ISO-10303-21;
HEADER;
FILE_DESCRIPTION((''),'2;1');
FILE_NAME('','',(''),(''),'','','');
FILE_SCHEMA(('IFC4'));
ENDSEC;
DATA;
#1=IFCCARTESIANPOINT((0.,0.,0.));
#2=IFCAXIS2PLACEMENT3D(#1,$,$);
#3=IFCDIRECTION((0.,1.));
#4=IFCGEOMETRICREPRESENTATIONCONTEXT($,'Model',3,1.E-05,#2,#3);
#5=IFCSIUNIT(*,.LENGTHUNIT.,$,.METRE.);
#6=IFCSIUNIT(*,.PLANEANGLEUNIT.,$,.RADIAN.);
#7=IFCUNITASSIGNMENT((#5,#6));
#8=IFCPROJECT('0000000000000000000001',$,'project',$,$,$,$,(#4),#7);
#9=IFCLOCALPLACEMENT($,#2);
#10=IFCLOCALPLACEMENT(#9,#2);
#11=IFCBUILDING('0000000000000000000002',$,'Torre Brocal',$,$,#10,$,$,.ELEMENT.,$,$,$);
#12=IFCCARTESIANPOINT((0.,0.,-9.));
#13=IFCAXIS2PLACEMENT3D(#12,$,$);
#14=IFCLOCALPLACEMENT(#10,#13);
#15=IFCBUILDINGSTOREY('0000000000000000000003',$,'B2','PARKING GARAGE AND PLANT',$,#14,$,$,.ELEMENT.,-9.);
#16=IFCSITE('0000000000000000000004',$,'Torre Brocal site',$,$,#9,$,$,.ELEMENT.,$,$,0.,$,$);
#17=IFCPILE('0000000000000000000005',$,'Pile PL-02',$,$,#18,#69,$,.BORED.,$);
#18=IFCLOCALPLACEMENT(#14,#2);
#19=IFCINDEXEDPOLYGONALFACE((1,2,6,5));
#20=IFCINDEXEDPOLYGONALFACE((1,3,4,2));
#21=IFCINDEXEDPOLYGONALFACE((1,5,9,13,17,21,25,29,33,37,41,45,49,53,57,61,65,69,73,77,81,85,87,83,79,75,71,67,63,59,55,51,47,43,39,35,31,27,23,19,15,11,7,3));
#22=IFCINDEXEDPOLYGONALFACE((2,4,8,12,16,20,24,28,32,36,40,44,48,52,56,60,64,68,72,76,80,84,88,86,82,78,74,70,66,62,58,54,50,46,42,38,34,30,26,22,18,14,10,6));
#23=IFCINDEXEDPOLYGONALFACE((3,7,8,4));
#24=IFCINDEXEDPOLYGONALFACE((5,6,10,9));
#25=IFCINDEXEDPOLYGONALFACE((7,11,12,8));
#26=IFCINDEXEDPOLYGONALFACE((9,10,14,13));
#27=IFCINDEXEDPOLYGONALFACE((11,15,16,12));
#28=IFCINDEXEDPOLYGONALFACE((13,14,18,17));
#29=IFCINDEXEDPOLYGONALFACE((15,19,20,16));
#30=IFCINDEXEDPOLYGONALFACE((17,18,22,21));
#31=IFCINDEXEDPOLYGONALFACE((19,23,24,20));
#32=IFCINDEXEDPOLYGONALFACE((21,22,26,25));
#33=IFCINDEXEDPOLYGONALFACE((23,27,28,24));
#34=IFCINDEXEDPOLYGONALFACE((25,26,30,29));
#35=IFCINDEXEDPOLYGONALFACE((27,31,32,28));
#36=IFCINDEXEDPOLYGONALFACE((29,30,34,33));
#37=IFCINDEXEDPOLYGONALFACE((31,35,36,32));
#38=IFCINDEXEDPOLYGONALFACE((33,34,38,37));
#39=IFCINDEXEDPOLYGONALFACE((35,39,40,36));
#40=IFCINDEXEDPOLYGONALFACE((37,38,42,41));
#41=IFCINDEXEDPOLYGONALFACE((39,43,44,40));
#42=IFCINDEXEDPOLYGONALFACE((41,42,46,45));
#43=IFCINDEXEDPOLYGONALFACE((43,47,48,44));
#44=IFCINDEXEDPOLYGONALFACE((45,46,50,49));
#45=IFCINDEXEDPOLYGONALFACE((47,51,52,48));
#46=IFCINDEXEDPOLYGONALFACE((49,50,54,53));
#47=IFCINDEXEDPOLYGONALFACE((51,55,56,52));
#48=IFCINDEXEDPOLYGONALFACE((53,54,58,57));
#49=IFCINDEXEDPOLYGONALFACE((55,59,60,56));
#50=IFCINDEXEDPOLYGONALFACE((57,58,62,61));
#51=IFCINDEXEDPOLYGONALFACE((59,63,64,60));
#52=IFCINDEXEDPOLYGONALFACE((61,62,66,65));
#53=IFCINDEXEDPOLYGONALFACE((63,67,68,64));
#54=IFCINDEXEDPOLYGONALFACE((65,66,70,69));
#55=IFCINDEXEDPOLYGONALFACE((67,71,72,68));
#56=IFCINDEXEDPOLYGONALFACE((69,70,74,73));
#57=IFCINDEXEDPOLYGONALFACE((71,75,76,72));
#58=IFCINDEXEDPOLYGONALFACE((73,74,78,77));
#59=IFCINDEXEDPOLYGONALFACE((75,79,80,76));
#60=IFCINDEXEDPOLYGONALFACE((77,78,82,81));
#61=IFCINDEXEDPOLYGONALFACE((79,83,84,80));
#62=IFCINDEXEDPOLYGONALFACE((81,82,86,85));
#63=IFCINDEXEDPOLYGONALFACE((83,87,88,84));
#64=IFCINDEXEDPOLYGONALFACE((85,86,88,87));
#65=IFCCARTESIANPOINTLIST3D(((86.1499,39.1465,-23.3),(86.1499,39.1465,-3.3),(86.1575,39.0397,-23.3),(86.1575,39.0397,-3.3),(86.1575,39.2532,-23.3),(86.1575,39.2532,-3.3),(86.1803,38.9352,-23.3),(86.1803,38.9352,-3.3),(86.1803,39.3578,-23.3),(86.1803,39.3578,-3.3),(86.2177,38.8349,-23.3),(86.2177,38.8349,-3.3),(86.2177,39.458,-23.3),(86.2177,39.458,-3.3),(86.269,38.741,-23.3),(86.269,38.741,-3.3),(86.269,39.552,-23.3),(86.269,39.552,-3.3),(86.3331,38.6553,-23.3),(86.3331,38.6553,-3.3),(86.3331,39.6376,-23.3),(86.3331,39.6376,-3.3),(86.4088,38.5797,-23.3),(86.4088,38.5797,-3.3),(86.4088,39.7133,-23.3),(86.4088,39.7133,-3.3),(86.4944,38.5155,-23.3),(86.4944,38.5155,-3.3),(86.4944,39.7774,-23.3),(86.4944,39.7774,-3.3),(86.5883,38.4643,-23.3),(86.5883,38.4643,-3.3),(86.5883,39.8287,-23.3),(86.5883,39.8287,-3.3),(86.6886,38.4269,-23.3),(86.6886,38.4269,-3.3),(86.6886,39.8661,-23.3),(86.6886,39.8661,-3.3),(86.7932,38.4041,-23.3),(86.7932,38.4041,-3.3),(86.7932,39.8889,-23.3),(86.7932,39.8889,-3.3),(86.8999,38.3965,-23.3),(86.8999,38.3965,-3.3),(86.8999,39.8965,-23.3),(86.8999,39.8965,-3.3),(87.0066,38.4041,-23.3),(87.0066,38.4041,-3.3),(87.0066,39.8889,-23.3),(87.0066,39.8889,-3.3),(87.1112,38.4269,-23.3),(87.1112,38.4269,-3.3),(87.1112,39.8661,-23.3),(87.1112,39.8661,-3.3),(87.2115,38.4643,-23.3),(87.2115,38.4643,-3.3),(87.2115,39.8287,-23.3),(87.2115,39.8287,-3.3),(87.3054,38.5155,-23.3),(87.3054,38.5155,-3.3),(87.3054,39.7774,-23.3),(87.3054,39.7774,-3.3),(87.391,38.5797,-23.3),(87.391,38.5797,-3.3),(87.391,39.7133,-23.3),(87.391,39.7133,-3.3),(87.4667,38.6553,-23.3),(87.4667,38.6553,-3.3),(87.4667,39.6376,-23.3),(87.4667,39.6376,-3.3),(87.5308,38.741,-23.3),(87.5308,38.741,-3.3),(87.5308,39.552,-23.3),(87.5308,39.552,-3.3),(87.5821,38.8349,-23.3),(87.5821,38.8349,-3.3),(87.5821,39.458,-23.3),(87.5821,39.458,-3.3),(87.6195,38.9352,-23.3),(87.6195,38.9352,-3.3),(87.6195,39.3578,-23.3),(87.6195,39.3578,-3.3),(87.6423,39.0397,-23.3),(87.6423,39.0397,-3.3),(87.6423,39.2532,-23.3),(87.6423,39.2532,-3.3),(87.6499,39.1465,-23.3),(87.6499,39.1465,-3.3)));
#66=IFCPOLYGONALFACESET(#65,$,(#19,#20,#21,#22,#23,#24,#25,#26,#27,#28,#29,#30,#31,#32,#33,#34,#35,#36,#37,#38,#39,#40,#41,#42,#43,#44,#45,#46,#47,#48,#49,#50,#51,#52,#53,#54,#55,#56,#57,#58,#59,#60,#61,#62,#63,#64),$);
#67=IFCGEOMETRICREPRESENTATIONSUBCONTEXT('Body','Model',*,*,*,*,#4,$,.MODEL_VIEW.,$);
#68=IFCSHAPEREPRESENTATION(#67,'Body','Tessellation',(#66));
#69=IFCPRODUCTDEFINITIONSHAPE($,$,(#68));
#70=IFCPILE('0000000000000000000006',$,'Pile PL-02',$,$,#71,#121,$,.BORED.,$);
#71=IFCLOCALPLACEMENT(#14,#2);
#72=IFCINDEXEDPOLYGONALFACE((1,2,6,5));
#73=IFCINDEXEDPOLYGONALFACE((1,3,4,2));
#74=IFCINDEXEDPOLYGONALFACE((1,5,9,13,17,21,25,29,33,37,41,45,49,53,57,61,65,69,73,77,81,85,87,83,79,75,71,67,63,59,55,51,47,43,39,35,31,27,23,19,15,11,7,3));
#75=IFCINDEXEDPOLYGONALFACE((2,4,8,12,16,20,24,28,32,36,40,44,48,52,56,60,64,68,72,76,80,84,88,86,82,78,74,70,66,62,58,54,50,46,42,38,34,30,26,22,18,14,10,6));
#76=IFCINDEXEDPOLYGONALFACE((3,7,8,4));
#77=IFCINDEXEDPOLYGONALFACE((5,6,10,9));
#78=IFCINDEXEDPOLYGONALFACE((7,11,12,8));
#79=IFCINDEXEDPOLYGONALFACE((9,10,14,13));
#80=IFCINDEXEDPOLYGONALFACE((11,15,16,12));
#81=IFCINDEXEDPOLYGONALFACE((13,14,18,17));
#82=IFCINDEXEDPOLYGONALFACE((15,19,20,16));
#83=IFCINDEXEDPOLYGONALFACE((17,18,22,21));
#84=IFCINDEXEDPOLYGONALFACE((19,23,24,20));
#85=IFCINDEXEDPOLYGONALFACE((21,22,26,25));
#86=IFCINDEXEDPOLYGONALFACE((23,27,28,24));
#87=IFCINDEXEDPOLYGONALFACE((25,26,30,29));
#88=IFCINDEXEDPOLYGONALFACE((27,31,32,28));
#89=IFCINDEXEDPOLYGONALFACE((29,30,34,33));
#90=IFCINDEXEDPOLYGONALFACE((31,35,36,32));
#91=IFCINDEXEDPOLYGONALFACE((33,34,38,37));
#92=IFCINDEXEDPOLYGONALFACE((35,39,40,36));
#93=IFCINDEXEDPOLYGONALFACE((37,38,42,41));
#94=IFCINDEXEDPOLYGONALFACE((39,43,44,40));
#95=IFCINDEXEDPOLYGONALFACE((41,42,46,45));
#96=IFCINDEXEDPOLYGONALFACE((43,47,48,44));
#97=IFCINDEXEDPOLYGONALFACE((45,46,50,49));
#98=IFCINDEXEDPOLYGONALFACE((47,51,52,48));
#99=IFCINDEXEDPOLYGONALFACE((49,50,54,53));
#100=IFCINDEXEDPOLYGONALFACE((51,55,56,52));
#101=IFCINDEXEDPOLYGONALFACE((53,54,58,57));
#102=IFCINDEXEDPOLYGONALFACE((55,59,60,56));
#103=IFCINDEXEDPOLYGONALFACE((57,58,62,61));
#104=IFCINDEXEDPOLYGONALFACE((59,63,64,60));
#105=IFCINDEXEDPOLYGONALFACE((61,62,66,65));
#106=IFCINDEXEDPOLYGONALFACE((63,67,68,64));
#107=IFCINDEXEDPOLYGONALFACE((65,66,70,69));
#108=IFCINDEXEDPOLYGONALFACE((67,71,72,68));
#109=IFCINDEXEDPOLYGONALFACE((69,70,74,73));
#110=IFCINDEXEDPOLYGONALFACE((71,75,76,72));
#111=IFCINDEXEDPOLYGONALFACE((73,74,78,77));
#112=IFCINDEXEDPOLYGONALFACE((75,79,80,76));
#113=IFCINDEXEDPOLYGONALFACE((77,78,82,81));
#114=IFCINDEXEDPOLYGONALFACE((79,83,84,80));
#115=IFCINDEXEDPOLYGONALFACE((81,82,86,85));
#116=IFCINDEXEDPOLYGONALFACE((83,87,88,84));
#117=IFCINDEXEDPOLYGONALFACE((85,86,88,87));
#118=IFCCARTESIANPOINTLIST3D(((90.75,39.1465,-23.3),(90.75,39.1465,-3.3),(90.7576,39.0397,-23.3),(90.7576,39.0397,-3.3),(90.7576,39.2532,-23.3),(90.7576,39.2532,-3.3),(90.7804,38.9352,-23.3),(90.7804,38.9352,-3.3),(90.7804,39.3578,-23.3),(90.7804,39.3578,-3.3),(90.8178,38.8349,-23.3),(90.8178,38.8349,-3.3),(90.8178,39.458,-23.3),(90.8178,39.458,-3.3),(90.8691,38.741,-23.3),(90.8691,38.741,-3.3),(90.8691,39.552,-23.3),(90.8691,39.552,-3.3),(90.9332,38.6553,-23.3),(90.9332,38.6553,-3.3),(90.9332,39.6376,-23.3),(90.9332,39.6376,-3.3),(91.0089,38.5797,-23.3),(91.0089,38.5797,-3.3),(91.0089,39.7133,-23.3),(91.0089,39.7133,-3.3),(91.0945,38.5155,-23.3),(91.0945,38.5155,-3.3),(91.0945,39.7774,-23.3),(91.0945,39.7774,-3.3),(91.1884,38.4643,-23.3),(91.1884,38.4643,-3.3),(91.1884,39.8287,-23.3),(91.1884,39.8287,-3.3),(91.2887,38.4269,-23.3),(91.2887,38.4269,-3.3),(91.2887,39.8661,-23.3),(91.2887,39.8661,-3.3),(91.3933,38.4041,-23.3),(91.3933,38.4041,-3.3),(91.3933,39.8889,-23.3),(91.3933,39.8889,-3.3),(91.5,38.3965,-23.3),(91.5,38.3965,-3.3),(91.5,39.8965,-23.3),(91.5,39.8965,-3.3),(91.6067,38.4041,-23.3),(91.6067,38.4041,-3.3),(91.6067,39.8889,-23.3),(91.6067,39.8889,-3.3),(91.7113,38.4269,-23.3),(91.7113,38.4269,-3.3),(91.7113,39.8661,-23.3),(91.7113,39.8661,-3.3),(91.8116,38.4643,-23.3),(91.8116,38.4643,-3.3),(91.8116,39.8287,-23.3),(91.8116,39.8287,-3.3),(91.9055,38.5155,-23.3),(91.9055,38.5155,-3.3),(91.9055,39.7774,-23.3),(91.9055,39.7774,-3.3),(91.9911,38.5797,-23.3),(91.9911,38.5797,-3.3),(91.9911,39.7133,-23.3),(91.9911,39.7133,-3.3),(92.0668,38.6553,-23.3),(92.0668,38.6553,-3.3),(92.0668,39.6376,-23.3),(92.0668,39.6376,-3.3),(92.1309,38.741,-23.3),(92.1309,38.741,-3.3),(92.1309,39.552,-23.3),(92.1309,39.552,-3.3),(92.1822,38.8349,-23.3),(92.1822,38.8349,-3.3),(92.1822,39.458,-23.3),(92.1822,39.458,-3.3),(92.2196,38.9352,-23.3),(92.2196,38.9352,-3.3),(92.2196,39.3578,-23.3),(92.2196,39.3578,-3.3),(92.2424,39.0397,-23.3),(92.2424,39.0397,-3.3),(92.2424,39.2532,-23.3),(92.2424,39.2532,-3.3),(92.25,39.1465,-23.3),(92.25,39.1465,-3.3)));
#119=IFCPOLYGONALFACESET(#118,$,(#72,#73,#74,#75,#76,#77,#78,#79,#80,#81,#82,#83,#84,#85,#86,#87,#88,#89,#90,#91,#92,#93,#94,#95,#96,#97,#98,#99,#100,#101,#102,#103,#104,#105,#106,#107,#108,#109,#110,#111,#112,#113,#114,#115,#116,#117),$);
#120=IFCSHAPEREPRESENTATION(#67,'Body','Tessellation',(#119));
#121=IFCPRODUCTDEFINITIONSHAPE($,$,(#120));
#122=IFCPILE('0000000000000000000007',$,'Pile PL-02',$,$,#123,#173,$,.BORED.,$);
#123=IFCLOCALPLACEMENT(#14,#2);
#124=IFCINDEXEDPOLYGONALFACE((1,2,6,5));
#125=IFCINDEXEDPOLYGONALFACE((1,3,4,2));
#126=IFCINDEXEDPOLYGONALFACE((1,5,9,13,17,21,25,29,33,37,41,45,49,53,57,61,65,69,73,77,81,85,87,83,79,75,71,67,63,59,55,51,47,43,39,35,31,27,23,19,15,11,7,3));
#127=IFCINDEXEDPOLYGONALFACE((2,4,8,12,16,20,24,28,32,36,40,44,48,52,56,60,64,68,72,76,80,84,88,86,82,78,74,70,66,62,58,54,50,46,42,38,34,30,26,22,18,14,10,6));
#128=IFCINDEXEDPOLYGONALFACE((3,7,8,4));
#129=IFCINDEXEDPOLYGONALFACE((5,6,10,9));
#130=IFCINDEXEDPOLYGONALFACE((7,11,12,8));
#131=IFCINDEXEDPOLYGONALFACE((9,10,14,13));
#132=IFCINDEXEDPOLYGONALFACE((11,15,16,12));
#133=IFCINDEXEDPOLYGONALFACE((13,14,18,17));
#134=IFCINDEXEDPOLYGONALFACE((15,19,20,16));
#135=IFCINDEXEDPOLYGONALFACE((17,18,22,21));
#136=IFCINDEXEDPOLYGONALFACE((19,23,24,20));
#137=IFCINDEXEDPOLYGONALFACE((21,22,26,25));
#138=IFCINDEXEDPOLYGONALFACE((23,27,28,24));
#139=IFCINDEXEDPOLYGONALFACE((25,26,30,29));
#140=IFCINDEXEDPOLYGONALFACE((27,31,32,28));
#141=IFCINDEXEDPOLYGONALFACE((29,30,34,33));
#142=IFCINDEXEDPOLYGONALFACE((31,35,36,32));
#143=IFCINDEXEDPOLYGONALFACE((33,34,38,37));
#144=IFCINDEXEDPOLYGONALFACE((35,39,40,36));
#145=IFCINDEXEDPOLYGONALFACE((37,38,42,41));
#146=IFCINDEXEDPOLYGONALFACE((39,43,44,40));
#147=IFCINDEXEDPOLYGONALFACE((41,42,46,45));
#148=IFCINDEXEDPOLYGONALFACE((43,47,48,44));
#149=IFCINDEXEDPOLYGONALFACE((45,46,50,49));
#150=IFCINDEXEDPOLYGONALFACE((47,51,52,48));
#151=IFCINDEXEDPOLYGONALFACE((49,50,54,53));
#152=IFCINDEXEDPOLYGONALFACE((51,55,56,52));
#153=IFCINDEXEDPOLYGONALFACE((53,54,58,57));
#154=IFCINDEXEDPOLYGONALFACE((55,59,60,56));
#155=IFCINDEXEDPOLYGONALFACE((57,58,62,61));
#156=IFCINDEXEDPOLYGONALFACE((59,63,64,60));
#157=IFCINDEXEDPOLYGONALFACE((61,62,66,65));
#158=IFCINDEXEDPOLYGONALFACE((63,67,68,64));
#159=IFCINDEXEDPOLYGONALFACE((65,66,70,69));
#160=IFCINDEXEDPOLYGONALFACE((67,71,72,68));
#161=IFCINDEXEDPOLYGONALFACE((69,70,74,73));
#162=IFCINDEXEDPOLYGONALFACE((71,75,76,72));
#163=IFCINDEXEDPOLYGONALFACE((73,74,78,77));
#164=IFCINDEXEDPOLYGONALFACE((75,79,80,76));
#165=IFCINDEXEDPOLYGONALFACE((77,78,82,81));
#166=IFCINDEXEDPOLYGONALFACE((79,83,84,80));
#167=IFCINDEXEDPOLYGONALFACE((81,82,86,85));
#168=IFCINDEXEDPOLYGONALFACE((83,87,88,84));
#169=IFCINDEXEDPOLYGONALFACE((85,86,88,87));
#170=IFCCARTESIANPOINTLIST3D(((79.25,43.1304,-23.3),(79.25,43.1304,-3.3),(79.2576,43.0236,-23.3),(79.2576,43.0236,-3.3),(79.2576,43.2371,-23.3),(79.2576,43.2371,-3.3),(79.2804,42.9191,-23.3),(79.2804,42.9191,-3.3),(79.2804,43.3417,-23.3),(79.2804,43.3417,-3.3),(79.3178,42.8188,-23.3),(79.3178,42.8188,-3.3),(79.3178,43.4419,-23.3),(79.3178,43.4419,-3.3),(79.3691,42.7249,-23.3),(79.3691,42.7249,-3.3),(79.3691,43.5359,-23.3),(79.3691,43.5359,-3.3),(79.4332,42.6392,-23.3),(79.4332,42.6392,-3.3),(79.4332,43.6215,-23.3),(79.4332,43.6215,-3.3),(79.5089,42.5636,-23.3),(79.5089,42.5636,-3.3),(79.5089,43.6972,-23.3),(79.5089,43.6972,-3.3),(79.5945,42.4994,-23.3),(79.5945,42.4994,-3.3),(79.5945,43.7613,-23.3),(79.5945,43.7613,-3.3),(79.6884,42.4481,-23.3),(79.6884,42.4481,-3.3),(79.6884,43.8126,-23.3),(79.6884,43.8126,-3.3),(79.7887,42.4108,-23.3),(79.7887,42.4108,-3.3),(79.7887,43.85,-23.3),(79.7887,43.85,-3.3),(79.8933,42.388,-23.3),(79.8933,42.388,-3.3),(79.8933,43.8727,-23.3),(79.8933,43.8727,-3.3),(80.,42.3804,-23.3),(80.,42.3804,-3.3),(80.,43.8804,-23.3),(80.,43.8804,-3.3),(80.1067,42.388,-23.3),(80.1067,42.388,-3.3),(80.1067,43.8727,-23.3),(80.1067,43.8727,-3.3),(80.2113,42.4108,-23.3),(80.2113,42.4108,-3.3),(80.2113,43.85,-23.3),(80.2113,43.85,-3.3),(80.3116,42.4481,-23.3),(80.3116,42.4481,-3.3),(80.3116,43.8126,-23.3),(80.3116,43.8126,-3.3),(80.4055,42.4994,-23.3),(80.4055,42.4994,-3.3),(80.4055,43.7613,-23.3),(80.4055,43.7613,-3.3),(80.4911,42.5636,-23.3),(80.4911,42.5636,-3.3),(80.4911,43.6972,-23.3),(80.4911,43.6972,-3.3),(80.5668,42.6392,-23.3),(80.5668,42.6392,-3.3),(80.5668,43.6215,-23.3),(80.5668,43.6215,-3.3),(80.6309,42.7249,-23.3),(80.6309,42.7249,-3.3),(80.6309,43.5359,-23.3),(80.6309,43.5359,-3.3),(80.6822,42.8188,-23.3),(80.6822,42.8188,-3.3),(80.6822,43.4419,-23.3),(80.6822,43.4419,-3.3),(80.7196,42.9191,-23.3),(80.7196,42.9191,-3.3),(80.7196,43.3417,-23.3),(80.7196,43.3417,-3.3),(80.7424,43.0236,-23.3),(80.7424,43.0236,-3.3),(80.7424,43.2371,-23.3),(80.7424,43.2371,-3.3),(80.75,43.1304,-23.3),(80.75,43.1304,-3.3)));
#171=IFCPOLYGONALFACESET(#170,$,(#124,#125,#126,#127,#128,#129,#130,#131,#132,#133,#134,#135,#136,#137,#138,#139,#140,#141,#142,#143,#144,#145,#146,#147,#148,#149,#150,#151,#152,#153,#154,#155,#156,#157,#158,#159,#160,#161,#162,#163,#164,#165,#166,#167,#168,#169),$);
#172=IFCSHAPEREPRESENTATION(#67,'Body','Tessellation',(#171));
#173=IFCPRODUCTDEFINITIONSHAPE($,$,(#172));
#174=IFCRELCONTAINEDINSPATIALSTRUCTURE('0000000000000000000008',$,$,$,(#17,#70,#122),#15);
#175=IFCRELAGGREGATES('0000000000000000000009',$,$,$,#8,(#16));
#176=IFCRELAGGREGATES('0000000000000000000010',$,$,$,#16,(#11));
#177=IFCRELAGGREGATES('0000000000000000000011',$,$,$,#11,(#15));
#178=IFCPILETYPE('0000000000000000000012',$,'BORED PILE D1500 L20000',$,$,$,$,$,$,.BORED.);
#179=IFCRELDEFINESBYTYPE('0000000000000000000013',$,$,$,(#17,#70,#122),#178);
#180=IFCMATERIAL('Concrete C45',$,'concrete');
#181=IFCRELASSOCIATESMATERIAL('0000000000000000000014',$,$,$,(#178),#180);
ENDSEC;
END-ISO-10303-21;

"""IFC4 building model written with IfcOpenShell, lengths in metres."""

from ifc_helpers import new_model, si_unit, direction, frame, origin, origin_2d, place, context, subcontext, project, spatial, circle, extrude, material, material_profile, profile_set, type_object, element, save


model = new_model("IFC4")

# Units and contexts
model_context = context("Model", 3, precision=1e-05, world=origin(), true_north=direction((0.0, 1.0)))
body_context = subcontext(model_context, "Body", "Model", "MODEL_VIEW")
ifc_project = project(units=[si_unit("LENGTHUNIT", "METRE"), si_unit("PLANEANGLEUNIT", "RADIAN")], contexts=[model_context])

# Site, building, storey
site_placement = place(None, origin())
site = spatial("IfcSite", under=ifc_project, at=site_placement, Name="Torre Brocal site", CompositionType="ELEMENT", RefElevation=0.0)
building_placement = place(site_placement, origin())
building = spatial("IfcBuilding", under=site, at=building_placement, Name="Torre Brocal", CompositionType="ELEMENT")
storey_placement = place(building_placement, frame((0.0, 0.0, -9.0)))
storey = spatial("IfcBuildingStorey", under=building, at=storey_placement, Name="B2", Description="PARKING GARAGE AND PLANT", CompositionType="ELEMENT", Elevation=-9.0)

# Piles
ifc_material_1 = material(Name="Concrete C45", Category="concrete")
ifc_material_profile_1 = material_profile(ifc_material_1, circle(Radius=0.75, at=origin_2d()), Name="BORED PILE D1500")
ifc_profile_set_1 = profile_set([ifc_material_profile_1], Name="Concrete C45")
pile_type_1 = type_object("IfcPileType", Name="BORED PILE D1500 L20000", PredefinedType="BORED", material=ifc_profile_set_1)
for number, where, z_axis, x_axis, name in (
    (1, (86.8999, 39.1465, -3.3), (0.0, 0.0, -1.0), (1.0, 0.0, 0.0), "Pile PL-02"),
    (2, (91.5, 39.1465, -3.3), (0.0, 0.0, -1.0), (1.0, 0.0, 0.0), "Pile PL-02"),
    (3, (80.0, 43.1304, -3.3), (0.0, 0.0, -1.0), (1.0, 0.0, 0.0), "Pile PL-02"),
):
    element("IfcPile", number, at=place(storey_placement, frame(where, z_axis=z_axis, x_axis=x_axis)), inside=storey, type_object=pile_type_1, Name=name, PredefinedType="BORED", context=body_context, shape_type="SweptSolid", body=[
        extrude(circle(Radius=0.75, at=origin_2d()), origin(), (0.0, 0.0, 1.0), 20.0),
    ])

save(model, "model.ifc")
